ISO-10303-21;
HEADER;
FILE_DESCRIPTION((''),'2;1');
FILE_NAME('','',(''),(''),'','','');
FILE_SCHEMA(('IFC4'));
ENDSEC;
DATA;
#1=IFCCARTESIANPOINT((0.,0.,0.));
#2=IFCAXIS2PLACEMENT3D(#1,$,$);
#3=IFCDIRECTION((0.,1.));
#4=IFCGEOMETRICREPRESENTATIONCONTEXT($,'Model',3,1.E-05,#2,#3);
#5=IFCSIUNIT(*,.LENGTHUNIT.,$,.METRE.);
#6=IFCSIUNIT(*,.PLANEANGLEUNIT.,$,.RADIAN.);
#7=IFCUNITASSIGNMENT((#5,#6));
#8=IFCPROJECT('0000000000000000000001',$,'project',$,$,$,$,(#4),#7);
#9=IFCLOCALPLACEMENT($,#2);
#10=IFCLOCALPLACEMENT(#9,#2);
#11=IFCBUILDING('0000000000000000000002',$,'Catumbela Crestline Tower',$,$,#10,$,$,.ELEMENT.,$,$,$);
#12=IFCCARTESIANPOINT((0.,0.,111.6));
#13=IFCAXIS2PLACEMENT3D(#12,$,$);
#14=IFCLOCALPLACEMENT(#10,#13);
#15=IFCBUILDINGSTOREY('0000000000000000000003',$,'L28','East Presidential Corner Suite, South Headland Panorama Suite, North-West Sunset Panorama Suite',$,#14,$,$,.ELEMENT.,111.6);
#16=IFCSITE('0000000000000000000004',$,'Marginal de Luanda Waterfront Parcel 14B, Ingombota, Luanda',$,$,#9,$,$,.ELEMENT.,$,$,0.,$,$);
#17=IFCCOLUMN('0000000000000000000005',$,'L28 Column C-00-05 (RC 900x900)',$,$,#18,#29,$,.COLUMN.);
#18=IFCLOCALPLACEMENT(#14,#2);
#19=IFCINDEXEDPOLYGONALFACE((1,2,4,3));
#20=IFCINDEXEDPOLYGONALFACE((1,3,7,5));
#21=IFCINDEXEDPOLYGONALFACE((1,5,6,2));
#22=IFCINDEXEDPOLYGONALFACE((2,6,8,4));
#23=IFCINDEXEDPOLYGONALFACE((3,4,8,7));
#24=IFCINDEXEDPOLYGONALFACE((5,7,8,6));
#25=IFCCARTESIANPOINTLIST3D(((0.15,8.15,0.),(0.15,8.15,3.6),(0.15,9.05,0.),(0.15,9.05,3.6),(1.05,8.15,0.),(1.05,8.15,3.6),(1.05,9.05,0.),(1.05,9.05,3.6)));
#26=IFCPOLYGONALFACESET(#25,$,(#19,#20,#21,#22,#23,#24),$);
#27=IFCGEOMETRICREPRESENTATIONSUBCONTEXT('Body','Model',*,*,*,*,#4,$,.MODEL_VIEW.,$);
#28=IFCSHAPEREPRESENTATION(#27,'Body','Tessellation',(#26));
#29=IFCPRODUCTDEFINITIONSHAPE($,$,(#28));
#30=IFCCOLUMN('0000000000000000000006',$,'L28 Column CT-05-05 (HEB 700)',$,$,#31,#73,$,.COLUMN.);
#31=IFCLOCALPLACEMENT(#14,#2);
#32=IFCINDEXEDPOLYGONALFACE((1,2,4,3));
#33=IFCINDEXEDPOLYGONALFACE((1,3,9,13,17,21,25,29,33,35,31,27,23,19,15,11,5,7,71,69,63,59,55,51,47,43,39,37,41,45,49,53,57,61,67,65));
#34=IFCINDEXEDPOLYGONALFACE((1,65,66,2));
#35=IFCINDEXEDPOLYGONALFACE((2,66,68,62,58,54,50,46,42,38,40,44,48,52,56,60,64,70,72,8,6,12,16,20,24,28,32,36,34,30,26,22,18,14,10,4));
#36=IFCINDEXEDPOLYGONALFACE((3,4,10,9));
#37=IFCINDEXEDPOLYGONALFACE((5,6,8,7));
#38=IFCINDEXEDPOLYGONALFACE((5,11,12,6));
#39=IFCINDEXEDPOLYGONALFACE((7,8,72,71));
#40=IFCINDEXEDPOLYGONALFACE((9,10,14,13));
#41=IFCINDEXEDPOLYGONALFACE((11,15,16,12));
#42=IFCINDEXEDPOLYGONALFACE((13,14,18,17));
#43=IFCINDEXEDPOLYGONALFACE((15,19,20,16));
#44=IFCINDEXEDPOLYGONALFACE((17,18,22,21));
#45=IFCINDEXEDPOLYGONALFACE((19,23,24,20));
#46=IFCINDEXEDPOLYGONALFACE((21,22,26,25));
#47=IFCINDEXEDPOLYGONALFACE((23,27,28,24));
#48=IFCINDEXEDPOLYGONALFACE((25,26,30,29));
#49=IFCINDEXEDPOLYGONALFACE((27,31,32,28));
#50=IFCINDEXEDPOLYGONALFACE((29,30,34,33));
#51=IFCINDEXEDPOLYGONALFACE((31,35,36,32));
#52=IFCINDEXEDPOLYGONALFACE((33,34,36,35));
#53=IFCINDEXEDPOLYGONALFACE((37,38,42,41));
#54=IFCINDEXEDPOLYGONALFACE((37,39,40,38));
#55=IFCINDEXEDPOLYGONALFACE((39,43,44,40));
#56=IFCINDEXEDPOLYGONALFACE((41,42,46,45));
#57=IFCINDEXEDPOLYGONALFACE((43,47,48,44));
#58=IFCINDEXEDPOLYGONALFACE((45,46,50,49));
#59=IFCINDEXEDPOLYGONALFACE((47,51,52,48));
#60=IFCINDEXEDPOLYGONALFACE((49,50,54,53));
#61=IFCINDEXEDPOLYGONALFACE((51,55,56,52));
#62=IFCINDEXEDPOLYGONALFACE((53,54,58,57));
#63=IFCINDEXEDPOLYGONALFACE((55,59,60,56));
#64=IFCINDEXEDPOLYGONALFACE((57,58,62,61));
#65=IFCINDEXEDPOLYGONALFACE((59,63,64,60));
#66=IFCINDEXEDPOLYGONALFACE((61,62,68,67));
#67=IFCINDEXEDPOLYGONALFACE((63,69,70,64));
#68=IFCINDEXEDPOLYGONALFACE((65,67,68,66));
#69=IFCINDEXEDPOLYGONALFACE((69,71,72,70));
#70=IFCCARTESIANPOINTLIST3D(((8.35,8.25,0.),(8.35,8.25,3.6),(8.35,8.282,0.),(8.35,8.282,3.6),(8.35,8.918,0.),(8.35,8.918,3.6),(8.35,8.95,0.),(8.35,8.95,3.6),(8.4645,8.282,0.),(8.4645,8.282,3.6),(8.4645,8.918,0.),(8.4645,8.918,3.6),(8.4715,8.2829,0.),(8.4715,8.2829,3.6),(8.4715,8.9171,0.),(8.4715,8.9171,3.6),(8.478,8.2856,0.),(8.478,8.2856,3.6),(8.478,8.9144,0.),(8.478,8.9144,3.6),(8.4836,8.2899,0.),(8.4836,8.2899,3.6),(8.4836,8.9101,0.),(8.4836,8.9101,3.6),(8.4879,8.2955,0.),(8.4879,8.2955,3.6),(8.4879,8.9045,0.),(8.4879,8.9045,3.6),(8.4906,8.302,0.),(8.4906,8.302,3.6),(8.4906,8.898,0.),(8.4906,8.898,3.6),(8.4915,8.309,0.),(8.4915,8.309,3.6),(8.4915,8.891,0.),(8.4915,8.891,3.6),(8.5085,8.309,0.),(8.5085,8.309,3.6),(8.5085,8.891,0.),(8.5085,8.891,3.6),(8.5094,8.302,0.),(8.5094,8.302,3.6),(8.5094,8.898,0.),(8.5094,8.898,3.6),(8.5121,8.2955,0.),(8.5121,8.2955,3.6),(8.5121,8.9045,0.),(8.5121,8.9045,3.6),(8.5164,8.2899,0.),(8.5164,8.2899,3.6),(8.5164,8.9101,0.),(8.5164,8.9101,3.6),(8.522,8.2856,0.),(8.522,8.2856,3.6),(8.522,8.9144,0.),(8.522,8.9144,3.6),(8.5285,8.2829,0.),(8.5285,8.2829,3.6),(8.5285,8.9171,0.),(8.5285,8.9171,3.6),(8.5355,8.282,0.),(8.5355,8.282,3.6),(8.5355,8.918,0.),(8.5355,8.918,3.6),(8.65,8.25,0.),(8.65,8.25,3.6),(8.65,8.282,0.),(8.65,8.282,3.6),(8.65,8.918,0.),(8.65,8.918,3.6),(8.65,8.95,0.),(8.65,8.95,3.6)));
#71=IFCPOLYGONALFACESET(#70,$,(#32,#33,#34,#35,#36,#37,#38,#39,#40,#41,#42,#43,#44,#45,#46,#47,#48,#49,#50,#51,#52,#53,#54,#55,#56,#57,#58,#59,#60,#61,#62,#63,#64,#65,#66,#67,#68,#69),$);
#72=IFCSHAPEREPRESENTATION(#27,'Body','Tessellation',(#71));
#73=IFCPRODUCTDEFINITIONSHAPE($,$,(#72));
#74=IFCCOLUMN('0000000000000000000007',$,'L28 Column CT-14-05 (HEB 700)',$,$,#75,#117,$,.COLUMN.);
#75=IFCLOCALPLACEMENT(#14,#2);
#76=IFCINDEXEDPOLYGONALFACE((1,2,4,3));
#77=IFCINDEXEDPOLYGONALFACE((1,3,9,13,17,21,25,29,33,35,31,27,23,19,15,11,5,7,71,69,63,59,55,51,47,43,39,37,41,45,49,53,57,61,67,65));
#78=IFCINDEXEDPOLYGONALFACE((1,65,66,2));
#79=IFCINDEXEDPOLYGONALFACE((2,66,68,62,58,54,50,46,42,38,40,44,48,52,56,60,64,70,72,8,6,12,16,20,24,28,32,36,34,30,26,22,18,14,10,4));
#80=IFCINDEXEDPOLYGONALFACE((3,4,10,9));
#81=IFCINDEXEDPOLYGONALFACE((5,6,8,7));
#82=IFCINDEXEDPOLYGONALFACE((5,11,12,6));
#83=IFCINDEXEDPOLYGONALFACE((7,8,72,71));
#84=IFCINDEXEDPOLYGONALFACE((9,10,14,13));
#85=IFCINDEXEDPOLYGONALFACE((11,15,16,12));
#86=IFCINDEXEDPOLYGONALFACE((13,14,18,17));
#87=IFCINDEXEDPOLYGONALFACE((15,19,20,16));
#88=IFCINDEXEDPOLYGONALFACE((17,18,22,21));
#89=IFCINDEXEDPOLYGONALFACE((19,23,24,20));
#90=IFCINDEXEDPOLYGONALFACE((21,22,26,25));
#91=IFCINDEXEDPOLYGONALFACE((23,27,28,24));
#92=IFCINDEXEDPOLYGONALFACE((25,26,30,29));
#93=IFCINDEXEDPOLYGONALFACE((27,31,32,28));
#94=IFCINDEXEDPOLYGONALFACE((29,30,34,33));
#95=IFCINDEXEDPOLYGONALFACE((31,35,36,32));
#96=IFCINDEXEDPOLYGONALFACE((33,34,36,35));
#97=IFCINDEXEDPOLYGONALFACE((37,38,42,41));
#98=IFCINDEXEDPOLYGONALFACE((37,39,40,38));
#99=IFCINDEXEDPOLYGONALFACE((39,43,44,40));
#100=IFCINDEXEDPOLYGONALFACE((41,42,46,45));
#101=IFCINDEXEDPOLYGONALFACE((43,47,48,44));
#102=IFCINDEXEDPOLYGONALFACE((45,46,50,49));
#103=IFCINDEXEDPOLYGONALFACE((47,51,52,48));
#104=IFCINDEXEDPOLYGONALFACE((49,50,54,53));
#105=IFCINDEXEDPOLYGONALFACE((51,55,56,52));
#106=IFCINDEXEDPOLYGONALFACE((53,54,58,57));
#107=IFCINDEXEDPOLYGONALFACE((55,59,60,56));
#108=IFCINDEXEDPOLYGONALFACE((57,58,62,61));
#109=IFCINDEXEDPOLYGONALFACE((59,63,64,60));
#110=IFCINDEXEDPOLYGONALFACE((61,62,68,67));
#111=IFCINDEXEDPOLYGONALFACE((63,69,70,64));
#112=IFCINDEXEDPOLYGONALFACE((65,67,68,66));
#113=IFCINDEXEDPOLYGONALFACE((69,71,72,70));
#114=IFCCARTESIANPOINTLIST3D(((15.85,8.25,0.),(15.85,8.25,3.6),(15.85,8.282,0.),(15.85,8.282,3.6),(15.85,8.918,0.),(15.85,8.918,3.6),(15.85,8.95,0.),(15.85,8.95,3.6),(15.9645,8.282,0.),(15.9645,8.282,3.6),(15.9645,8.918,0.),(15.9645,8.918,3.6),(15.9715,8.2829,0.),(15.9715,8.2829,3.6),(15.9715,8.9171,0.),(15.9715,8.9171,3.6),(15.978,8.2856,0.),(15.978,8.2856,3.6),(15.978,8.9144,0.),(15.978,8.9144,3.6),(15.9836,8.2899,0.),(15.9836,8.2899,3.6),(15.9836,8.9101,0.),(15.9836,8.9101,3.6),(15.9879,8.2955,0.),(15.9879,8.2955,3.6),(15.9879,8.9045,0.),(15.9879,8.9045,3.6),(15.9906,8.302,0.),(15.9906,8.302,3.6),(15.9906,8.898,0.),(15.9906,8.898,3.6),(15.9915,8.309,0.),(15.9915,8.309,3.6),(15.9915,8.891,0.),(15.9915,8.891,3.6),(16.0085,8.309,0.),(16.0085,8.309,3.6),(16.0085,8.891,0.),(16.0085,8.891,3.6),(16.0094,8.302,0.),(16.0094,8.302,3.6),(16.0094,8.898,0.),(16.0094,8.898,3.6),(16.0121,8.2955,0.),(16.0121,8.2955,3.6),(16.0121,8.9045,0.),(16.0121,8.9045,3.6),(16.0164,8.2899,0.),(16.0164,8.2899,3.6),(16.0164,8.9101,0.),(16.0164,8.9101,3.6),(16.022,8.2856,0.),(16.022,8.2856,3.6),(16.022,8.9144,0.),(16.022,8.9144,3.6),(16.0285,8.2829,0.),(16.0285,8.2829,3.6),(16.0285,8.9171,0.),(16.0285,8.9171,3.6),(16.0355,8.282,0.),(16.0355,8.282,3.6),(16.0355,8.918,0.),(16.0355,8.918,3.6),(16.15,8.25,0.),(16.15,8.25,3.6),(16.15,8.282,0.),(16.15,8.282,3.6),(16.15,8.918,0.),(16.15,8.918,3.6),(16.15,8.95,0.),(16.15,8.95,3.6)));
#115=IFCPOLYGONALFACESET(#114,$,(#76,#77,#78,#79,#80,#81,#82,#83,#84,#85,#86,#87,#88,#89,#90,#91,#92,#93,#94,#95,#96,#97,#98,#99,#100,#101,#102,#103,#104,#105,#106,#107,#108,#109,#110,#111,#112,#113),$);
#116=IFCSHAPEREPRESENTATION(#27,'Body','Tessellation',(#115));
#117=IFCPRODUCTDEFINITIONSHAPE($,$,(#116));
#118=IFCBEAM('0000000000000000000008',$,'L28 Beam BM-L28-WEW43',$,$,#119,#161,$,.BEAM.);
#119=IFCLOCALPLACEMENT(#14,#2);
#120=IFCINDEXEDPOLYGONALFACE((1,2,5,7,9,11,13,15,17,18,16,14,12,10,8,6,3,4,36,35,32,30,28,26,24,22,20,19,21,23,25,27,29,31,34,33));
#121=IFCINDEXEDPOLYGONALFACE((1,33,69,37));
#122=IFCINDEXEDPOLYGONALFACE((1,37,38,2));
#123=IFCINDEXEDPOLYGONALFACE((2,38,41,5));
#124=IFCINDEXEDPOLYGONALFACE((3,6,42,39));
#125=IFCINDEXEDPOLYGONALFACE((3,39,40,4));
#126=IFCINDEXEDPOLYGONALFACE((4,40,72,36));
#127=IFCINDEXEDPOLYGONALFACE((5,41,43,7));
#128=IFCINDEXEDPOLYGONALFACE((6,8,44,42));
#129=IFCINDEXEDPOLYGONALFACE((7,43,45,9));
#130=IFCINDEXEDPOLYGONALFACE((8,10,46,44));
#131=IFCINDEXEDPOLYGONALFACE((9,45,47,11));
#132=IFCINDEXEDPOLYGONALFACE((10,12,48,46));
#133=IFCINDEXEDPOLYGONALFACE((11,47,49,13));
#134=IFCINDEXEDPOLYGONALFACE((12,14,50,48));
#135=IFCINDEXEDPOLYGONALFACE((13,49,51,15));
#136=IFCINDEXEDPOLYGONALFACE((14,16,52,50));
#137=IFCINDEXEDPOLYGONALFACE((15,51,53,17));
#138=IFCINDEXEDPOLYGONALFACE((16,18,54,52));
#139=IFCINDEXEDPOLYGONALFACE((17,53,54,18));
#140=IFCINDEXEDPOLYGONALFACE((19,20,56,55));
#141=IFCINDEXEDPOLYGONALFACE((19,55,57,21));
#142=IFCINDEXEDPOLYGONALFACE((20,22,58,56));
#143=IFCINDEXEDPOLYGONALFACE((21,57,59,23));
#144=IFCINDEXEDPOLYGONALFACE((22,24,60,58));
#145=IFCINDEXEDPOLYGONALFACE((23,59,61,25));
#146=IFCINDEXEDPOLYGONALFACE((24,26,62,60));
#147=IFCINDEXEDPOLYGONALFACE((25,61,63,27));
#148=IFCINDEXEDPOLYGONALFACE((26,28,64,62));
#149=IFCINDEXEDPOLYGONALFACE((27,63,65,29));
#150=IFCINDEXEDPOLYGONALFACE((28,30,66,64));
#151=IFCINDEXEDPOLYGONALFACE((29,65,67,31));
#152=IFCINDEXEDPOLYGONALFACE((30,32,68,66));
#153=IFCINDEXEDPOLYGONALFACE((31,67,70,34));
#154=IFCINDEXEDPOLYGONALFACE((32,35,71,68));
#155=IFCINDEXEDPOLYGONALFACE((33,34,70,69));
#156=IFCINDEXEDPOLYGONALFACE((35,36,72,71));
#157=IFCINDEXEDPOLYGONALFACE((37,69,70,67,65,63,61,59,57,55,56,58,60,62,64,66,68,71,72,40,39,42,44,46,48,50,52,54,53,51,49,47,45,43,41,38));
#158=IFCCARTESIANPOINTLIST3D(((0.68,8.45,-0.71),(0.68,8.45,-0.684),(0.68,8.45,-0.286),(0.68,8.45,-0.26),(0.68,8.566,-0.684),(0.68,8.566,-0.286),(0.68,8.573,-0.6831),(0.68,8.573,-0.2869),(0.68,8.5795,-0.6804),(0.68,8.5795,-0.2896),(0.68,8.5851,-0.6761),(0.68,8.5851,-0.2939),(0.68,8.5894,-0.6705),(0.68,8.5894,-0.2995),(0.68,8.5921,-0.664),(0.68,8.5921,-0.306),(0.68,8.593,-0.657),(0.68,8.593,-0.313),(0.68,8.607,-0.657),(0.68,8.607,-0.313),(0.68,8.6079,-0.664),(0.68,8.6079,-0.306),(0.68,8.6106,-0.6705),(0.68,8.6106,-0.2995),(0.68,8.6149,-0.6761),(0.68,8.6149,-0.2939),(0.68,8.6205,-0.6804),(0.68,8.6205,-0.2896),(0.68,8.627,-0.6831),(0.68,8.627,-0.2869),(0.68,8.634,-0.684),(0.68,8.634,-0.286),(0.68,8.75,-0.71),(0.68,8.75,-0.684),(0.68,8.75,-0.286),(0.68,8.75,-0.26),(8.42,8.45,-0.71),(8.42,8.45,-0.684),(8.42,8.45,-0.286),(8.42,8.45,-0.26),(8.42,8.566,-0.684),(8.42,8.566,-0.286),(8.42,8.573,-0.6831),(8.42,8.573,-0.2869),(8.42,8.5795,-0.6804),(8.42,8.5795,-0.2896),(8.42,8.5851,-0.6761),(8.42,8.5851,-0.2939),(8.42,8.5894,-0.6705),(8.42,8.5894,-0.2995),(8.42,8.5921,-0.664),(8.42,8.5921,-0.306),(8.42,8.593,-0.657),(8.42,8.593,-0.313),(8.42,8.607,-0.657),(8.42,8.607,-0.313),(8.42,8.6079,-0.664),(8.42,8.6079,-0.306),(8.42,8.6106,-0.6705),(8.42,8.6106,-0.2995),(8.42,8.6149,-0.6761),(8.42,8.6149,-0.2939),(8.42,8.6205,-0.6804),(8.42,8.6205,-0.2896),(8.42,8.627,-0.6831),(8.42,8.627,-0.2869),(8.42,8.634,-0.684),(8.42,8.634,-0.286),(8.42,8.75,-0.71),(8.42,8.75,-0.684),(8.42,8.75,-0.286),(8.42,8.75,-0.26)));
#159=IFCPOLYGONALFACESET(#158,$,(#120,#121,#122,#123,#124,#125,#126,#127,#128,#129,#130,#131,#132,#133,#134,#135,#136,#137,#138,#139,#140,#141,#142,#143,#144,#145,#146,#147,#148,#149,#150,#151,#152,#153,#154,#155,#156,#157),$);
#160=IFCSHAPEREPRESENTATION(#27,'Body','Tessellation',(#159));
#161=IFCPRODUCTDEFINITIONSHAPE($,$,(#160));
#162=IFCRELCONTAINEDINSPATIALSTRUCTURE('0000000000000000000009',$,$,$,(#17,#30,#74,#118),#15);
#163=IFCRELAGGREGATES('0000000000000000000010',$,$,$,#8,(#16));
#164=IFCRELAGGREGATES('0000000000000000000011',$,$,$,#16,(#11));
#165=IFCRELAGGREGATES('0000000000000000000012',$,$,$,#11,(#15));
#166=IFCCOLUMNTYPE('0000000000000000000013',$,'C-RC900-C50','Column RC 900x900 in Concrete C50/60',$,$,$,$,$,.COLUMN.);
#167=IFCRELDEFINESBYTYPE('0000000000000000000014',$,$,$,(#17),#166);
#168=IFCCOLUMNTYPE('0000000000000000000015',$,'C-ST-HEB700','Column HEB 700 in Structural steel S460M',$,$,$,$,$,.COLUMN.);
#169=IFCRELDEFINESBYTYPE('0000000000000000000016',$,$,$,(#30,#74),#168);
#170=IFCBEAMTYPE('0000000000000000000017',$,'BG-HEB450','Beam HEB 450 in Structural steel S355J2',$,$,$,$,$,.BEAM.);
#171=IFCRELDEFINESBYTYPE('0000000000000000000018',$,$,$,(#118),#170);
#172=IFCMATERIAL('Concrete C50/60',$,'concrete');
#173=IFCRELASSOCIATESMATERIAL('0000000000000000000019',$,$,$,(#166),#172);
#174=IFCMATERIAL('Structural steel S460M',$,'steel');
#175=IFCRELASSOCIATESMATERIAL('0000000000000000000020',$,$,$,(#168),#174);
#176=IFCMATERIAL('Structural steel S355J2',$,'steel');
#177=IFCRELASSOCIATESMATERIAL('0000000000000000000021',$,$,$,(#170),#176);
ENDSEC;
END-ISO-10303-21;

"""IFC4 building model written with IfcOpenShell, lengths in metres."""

from ifc_helpers import new_model, si_unit, direction, frame, origin, origin_2d, place, context, subcontext, project, spatial, rectangle, i_section, extrude, material, material_profile, profile_set, type_object, element, save


model = new_model("IFC4")

# Units and contexts
model_context = context("Model", 3, precision=1e-05, world=origin(), true_north=direction((0.0, 1.0)))
body_context = subcontext(model_context, "Body", "Model", "MODEL_VIEW")
ifc_project = project(units=[si_unit("LENGTHUNIT", "METRE"), si_unit("PLANEANGLEUNIT", "RADIAN")], contexts=[model_context])

# Site, building, storey
site_placement = place(None, origin())
site = spatial("IfcSite", under=ifc_project, at=site_placement, Name="Marginal de Luanda Waterfront Parcel 14B, Ingombota, Luanda", CompositionType="ELEMENT", RefElevation=0.0)
building_placement = place(site_placement, origin())
building = spatial("IfcBuilding", under=site, at=building_placement, Name="Catumbela Crestline Tower", CompositionType="ELEMENT")
storey_placement = place(building_placement, frame((0.0, 0.0, 111.6)))
storey = spatial("IfcBuildingStorey", under=building, at=storey_placement, Name="L28", Description="East Presidential Corner Suite, South Headland Panorama Suite, North-West Sunset Panorama Suite", CompositionType="ELEMENT", Elevation=111.6)

# Columns
ifc_material_1 = material(Name="Concrete C50/60", Category="concrete")
ifc_material_profile_1 = material_profile(ifc_material_1, rectangle(XDim=0.9, YDim=0.9, at=origin_2d()), Name="RC 900x900")
ifc_profile_set_1 = profile_set([ifc_material_profile_1], Name="Concrete C50/60")
column_type_1 = type_object("IfcColumnType", Name="C-RC900-C50", Description="Column RC 900x900 in Concrete C50/60", PredefinedType="COLUMN", material=ifc_profile_set_1)
column_placement = place(storey_placement, frame((0.6, 8.6, 0.0), z_axis=(0.0, 0.0, 1.0), x_axis=(1.0, 0.0, 0.0)))
element("IfcColumn", 1, at=column_placement, inside=storey, type_object=column_type_1, Name="L28 Column C-00-05 (RC 900x900)", PredefinedType="COLUMN", context=body_context, shape_type="SweptSolid", body=[
    extrude(rectangle(XDim=0.9, YDim=0.9, at=origin_2d()), origin(), (0.0, 0.0, 1.0), 3.6),
])
ifc_material_2 = material(Name="Structural steel S460M", Category="steel")
ifc_material_profile_2 = material_profile(ifc_material_2, i_section(OverallWidth=0.3, OverallDepth=0.7, WebThickness=0.017, FlangeThickness=0.032, FilletRadius=0.027, at=origin_2d()), Name="HEB 700")
ifc_profile_set_2 = profile_set([ifc_material_profile_2], Name="Structural steel S460M")
column_type_2 = type_object("IfcColumnType", Name="C-ST-HEB700", Description="Column HEB 700 in Structural steel S460M", PredefinedType="COLUMN", material=ifc_profile_set_2)
for number, where, z_axis, x_axis, name in (
    (2, (8.5, 8.6, 0.0), (0.0, 0.0, 1.0), (1.0, 0.0, 0.0), "L28 Column CT-05-05 (HEB 700)"),
    (3, (16.0, 8.6, 0.0), (0.0, 0.0, 1.0), (1.0, 0.0, 0.0), "L28 Column CT-14-05 (HEB 700)"),
):
    element("IfcColumn", number, at=place(storey_placement, frame(where, z_axis=z_axis, x_axis=x_axis)), inside=storey, type_object=column_type_2, Name=name, PredefinedType="COLUMN", context=body_context, shape_type="SweptSolid", body=[
        extrude(i_section(OverallWidth=0.3, OverallDepth=0.7, WebThickness=0.017, FlangeThickness=0.032, FilletRadius=0.027, at=origin_2d()), origin(), (0.0, 0.0, 1.0), 3.6),
    ])

# Beam
ifc_material_3 = material(Name="Structural steel S355J2", Category="steel")
ifc_material_profile_3 = material_profile(ifc_material_3, i_section(OverallWidth=0.3, OverallDepth=0.45, WebThickness=0.014, FlangeThickness=0.026, FilletRadius=0.027, at=origin_2d()), Name="HEB 450")
ifc_profile_set_3 = profile_set([ifc_material_profile_3], Name="Structural steel S355J2")
beam_type = type_object("IfcBeamType", Name="BG-HEB450", Description="Beam HEB 450 in Structural steel S355J2", PredefinedType="BEAM", material=ifc_profile_set_3)
beam_1_placement = place(storey_placement, frame((0.68, 8.6, -0.485), z_axis=(1.0, 0.0, 0.0), x_axis=(0.0, 1.0, 0.0)))
element("IfcBeam", 4, at=beam_1_placement, inside=storey, type_object=beam_type, Name="L28 Beam BM-L28-WEW43", PredefinedType="BEAM", context=body_context, shape_type="SweptSolid", body=[
    extrude(i_section(OverallWidth=0.3, OverallDepth=0.45, WebThickness=0.014, FlangeThickness=0.026, FilletRadius=0.027, at=origin_2d()), origin(), (0.0, 0.0, 1.0), 7.74),
])

save(model, "model.ifc")
